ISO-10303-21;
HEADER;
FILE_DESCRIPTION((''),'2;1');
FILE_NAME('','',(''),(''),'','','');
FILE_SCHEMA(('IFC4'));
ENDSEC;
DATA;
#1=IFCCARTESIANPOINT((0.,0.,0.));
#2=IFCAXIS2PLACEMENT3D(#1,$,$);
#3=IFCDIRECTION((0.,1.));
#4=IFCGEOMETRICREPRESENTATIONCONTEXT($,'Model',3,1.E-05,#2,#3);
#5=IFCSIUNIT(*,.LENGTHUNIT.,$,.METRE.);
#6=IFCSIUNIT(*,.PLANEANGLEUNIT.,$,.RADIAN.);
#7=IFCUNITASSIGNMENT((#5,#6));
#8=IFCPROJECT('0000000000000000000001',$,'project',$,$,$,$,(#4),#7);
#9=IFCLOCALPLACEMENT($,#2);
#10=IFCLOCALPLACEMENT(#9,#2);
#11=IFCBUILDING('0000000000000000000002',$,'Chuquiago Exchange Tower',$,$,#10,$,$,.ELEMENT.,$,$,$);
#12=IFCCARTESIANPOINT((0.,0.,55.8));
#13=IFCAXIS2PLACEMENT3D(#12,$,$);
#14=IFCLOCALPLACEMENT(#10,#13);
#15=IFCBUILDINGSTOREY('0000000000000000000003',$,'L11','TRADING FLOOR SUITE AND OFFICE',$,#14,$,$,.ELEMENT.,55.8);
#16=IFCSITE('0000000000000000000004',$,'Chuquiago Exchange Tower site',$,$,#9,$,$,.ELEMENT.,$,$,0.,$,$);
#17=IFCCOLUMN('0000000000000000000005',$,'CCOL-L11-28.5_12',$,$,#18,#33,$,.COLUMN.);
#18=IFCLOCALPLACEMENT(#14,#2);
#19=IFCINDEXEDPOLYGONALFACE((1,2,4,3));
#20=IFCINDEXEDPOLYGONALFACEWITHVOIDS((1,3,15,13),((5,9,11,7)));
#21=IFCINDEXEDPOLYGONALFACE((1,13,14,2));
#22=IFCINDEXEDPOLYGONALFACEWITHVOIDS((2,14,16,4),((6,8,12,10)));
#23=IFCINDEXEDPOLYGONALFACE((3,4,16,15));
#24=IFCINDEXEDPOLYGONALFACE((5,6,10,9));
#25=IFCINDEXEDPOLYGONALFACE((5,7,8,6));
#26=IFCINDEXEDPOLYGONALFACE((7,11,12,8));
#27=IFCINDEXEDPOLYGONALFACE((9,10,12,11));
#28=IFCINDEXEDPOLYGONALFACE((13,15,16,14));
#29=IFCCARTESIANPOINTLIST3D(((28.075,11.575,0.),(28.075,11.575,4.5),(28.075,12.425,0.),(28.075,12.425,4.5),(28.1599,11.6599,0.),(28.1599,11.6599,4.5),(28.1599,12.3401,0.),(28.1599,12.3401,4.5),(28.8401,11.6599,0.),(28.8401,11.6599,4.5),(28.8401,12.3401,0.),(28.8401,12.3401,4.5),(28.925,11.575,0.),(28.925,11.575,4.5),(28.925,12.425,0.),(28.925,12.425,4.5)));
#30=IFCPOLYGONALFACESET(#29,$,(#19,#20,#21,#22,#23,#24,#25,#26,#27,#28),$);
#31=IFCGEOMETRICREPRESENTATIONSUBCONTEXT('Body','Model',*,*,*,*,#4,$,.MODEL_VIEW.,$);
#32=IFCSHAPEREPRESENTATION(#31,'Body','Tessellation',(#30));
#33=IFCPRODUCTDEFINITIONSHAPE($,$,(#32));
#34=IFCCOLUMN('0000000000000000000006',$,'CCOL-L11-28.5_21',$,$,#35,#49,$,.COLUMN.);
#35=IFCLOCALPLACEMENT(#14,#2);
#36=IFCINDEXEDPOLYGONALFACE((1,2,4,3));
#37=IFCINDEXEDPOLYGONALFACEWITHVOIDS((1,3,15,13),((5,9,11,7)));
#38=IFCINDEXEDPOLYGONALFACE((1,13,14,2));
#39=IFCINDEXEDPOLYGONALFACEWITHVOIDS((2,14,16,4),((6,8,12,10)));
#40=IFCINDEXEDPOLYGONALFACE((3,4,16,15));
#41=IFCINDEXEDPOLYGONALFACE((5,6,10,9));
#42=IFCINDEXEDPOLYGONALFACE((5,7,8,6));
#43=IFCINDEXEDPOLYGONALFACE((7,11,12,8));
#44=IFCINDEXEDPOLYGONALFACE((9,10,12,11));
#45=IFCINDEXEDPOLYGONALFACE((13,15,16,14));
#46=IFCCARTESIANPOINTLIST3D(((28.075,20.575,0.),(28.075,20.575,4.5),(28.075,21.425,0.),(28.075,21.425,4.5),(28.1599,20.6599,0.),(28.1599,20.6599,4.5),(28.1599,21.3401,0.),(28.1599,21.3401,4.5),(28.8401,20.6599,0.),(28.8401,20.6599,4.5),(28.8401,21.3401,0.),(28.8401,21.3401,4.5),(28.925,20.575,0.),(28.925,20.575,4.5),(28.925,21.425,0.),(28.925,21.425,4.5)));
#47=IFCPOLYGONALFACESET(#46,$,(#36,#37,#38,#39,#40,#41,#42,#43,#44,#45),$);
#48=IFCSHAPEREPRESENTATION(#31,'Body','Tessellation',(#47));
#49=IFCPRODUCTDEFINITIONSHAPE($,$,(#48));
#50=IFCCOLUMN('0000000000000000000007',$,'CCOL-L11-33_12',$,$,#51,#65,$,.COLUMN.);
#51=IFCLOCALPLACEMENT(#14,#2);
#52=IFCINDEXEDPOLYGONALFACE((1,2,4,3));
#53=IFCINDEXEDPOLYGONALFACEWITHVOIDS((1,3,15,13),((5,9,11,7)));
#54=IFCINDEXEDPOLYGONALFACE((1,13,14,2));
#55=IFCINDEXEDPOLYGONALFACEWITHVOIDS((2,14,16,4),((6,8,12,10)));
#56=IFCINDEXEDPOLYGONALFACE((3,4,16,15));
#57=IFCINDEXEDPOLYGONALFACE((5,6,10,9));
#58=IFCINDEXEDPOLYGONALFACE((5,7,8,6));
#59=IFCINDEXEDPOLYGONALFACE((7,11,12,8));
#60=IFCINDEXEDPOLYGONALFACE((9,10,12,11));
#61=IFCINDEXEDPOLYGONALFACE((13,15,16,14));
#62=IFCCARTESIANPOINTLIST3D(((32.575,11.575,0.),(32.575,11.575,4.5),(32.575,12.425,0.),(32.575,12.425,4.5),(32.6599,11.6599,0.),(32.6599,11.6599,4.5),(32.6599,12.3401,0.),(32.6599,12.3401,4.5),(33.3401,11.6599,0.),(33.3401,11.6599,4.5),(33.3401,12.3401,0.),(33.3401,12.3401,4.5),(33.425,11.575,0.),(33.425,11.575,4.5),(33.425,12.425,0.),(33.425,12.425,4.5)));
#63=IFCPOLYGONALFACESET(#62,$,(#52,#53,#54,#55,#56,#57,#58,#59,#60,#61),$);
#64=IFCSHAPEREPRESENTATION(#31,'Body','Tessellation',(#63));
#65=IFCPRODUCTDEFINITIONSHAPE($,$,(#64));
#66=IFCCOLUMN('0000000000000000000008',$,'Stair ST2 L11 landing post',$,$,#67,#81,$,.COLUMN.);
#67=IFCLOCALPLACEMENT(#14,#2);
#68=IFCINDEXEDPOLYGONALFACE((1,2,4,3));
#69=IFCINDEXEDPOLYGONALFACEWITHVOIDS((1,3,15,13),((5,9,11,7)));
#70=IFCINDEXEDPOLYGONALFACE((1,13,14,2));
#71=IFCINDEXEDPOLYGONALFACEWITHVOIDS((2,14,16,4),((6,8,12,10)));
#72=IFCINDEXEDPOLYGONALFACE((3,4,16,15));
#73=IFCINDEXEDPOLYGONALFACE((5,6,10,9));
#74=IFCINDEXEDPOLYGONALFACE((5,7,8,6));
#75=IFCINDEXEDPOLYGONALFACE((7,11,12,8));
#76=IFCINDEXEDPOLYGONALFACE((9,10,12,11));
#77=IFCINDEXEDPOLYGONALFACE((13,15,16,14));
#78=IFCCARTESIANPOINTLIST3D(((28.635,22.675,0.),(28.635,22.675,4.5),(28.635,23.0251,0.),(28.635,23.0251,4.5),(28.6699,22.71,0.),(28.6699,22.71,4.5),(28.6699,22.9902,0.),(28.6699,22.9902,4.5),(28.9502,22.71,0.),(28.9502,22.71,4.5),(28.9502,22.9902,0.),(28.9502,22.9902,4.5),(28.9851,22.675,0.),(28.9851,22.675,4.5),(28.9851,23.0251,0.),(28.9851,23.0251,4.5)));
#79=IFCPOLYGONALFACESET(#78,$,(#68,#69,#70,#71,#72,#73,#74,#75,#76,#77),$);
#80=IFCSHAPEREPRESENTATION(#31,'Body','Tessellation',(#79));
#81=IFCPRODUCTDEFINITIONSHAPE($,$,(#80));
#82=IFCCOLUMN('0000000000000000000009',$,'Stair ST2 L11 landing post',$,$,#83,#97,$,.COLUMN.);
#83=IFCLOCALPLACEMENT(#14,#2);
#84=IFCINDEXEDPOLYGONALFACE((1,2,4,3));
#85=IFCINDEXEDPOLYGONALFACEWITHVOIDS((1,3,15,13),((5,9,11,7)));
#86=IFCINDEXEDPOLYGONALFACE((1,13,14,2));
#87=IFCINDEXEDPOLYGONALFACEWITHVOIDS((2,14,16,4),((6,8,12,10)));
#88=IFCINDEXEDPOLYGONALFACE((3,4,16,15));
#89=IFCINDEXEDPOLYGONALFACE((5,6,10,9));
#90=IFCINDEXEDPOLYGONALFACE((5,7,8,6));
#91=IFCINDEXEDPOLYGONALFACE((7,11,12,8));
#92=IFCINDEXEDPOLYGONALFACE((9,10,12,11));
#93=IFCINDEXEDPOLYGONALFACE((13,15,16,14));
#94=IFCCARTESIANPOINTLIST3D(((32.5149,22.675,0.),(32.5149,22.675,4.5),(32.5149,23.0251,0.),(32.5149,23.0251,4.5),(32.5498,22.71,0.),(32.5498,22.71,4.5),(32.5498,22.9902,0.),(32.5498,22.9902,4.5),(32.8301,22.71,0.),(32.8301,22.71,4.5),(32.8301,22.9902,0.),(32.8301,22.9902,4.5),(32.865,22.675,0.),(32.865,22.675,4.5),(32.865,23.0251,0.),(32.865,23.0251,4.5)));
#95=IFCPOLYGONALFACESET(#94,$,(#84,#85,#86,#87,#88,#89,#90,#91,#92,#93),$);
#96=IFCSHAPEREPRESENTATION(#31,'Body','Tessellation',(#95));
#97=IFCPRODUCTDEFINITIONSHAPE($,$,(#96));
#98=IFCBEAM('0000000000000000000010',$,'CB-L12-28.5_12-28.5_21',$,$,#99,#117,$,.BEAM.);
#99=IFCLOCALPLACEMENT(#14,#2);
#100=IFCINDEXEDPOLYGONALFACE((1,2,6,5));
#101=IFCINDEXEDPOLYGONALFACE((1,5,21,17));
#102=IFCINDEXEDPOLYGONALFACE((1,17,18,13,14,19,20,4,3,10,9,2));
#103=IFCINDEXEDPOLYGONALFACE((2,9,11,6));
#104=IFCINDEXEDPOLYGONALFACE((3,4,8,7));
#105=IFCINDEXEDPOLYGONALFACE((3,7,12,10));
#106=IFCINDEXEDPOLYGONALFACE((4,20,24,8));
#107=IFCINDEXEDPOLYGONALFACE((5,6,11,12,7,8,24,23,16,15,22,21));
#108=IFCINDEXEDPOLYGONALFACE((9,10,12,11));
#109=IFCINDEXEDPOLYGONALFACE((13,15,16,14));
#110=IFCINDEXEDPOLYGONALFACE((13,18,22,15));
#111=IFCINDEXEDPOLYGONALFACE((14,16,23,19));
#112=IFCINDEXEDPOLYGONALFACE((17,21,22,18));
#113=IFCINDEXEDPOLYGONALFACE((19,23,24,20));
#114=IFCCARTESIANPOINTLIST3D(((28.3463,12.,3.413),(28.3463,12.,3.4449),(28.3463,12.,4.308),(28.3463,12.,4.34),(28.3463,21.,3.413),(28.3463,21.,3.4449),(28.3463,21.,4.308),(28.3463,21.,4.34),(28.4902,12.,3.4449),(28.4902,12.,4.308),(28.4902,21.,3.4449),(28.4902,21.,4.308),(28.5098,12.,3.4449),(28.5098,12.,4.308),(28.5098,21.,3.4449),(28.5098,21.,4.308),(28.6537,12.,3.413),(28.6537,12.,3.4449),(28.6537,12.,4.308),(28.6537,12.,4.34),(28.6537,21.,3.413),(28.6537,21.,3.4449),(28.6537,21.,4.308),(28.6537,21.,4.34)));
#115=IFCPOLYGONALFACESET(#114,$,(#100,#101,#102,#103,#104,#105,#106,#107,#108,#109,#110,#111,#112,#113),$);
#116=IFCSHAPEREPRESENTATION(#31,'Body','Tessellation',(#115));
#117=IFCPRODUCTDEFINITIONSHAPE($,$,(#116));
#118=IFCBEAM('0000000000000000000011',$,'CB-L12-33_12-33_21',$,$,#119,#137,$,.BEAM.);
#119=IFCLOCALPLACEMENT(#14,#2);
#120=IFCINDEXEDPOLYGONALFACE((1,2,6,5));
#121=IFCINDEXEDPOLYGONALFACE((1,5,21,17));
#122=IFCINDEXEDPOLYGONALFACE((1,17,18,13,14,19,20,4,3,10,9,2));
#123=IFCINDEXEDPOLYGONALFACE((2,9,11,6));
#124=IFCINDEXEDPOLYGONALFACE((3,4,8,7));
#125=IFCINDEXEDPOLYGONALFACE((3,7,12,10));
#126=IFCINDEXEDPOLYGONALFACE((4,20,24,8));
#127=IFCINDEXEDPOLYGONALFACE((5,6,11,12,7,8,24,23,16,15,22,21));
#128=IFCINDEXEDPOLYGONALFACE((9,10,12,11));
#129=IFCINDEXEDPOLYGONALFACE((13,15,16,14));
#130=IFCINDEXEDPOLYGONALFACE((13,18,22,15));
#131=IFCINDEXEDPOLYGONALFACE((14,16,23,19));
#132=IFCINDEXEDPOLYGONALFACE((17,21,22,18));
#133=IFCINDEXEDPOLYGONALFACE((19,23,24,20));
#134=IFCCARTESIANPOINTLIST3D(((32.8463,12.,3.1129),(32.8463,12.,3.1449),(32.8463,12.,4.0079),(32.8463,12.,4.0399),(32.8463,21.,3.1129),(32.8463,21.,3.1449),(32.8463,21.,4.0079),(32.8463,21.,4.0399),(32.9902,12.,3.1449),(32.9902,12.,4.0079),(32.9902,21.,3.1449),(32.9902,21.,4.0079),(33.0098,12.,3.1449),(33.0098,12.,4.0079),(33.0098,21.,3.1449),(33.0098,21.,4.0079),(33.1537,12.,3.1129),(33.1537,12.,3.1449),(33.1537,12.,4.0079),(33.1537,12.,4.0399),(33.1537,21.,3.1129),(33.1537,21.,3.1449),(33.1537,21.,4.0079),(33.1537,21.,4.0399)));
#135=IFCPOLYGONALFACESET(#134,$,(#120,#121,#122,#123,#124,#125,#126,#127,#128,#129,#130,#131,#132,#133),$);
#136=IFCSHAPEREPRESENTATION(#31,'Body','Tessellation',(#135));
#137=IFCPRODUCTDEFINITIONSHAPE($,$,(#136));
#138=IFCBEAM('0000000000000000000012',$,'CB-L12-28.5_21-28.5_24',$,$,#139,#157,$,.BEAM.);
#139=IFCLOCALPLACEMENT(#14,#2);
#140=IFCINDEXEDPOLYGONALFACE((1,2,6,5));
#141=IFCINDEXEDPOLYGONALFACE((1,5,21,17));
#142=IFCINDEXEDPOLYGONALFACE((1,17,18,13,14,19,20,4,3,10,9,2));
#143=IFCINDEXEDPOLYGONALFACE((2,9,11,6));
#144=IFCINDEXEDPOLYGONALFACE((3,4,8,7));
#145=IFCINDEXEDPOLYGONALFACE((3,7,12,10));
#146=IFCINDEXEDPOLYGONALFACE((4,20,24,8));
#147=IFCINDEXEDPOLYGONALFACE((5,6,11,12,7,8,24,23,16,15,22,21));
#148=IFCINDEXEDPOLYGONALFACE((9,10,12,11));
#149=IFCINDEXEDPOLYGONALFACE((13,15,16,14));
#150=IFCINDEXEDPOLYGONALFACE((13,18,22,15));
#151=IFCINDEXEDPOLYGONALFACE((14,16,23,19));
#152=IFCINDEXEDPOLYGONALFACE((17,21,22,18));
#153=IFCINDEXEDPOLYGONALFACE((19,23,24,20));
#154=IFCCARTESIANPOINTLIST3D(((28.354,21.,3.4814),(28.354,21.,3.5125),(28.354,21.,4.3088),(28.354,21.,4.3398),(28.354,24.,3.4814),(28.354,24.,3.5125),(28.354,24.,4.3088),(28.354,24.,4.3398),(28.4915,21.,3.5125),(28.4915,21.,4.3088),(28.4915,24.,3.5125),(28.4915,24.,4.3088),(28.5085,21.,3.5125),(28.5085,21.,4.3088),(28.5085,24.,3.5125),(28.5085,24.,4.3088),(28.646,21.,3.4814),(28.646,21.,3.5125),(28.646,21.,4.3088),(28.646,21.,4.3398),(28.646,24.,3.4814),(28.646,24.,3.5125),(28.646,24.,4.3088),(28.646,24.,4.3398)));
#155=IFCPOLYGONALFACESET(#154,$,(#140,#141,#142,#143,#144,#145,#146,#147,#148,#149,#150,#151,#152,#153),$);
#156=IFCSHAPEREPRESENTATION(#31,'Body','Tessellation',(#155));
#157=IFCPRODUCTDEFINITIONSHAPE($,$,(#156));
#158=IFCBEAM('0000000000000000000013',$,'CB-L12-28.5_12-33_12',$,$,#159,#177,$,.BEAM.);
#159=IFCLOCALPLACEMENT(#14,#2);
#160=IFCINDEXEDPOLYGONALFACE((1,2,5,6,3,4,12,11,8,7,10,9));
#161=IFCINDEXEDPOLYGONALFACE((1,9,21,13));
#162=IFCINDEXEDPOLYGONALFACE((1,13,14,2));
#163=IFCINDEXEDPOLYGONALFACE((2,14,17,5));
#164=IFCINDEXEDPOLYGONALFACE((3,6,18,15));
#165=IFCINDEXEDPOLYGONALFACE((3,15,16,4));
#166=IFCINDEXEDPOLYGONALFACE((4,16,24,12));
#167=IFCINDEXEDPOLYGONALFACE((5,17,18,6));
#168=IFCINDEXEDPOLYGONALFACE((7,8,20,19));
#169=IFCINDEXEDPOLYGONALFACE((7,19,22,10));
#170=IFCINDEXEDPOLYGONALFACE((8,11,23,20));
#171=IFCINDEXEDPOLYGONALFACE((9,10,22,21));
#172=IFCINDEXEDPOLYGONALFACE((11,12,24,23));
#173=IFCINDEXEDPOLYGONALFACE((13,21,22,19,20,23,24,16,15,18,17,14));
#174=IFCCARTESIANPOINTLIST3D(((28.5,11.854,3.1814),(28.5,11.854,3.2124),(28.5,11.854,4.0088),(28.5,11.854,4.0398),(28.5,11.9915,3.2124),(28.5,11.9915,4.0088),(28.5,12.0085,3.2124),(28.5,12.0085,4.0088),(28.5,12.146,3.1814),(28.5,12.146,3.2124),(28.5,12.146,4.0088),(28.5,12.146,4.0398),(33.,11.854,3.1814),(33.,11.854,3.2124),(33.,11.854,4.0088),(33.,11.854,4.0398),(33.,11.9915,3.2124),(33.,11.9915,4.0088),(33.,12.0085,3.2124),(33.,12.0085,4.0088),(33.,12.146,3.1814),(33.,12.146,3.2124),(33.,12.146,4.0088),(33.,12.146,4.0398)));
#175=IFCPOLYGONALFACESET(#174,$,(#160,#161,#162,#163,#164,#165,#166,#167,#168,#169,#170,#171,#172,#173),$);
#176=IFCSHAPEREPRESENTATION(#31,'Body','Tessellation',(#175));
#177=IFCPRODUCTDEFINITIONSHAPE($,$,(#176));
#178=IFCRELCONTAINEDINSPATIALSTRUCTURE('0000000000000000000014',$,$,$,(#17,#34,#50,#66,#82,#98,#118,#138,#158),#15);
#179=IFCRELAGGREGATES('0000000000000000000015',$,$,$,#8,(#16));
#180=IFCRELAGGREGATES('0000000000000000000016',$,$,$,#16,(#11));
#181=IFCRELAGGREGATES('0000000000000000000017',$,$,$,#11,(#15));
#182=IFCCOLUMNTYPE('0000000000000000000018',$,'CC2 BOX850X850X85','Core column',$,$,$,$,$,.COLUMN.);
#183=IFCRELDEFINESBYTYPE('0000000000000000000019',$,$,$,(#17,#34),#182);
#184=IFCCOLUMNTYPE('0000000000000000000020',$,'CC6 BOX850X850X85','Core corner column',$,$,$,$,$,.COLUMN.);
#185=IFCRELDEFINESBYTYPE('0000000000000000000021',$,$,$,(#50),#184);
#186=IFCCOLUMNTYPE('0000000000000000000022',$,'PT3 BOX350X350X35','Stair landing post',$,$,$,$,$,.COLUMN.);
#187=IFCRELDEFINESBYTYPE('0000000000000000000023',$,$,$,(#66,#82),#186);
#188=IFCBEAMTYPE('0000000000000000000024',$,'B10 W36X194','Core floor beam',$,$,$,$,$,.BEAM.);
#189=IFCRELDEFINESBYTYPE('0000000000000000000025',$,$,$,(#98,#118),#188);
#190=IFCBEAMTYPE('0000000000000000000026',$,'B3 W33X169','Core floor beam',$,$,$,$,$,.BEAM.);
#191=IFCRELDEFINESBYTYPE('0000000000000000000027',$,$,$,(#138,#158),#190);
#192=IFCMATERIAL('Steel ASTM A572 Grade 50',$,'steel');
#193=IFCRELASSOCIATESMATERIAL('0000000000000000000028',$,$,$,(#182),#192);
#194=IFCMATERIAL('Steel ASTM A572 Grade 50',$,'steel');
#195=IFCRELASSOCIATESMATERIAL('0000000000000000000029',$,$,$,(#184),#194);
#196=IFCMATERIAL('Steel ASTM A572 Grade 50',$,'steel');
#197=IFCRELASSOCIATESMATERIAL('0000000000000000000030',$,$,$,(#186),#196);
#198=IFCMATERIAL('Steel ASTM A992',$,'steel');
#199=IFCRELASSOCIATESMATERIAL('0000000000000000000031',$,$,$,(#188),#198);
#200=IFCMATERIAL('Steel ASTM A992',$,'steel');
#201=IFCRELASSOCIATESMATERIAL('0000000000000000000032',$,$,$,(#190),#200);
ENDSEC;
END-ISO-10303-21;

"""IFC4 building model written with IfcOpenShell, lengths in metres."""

from ifc_helpers import new_model, si_unit, direction, frame, origin, origin_2d, place, context, subcontext, project, spatial, hollow_rectangle, i_section, extrude, material, material_profile, profile_set, type_object, element, save


model = new_model("IFC4")

# Units and contexts
model_context = context("Model", 3, precision=1e-05, world=origin(), true_north=direction((0.0, 1.0)))
body_context = subcontext(model_context, "Body", "Model", "MODEL_VIEW")
ifc_project = project(units=[si_unit("LENGTHUNIT", "METRE"), si_unit("PLANEANGLEUNIT", "RADIAN")], contexts=[model_context])

# Site, building, storey
site_placement = place(None, origin())
site = spatial("IfcSite", under=ifc_project, at=site_placement, Name="Chuquiago Exchange Tower site", CompositionType="ELEMENT", RefElevation=0.0)
building_placement = place(site_placement, origin())
building = spatial("IfcBuilding", under=site, at=building_placement, Name="Chuquiago Exchange Tower", CompositionType="ELEMENT")
storey_placement = place(building_placement, frame((0.0, 0.0, 55.8)))
storey = spatial("IfcBuildingStorey", under=building, at=storey_placement, Name="L11", Description="TRADING FLOOR SUITE AND OFFICE", CompositionType="ELEMENT", Elevation=55.8)

# Columns
ifc_material_1 = material(Name="Steel ASTM A572 Grade 50", Category="steel")
ifc_material_profile_1 = material_profile(ifc_material_1, hollow_rectangle(XDim=0.8501, YDim=0.8501, WallThickness=0.085, at=origin_2d()), Name="BOX850X850X85")
ifc_profile_set_1 = profile_set([ifc_material_profile_1], Name="Steel ASTM A572 Grade 50")
column_type_1 = type_object("IfcColumnType", Name="CC2 BOX850X850X85", Description="Core column", PredefinedType="COLUMN", material=ifc_profile_set_1)
for number, where, z_axis, x_axis, name in (
    (1, (28.5, 12.0, 0.0), (0.0, 0.0, 1.0), (1.0, 0.0, 0.0), "CCOL-L11-28.5_12"),
    (2, (28.5, 21.0, 0.0), (0.0, 0.0, 1.0), (1.0, 0.0, 0.0), "CCOL-L11-28.5_21"),
):
    element("IfcColumn", number, at=place(storey_placement, frame(where, z_axis=z_axis, x_axis=x_axis)), inside=storey, type_object=column_type_1, Name=name, PredefinedType="COLUMN", context=body_context, shape_type="SweptSolid", body=[
        extrude(hollow_rectangle(XDim=0.8501, YDim=0.8501, WallThickness=0.085, at=origin_2d()), origin(), (0.0, 0.0, 1.0), 4.5),
    ])
ifc_material_2 = material(Name="Steel ASTM A572 Grade 50", Category="steel")
ifc_material_profile_2 = material_profile(ifc_material_2, hollow_rectangle(XDim=0.8501, YDim=0.8501, WallThickness=0.085, at=origin_2d()), Name="BOX850X850X85")
ifc_profile_set_2 = profile_set([ifc_material_profile_2], Name="Steel ASTM A572 Grade 50")
column_type_2 = type_object("IfcColumnType", Name="CC6 BOX850X850X85", Description="Core corner column", PredefinedType="COLUMN", material=ifc_profile_set_2)
column_placement = place(storey_placement, frame((33.0, 12.0, 0.0), z_axis=(0.0, 0.0, 1.0), x_axis=(1.0, 0.0, 0.0)))
element("IfcColumn", 3, at=column_placement, inside=storey, type_object=column_type_2, Name="CCOL-L11-33_12", PredefinedType="COLUMN", context=body_context, shape_type="SweptSolid", body=[
    extrude(hollow_rectangle(XDim=0.8501, YDim=0.8501, WallThickness=0.085, at=origin_2d()), origin(), (0.0, 0.0, 1.0), 4.5),
])
ifc_material_3 = material(Name="Steel ASTM A572 Grade 50", Category="steel")
ifc_material_profile_3 = material_profile(ifc_material_3, hollow_rectangle(XDim=0.3501, YDim=0.3501, WallThickness=0.0349, at=origin_2d()), Name="BOX350X350X35")
ifc_profile_set_3 = profile_set([ifc_material_profile_3], Name="Steel ASTM A572 Grade 50")
column_type_3 = type_object("IfcColumnType", Name="PT3 BOX350X350X35", Description="Stair landing post", PredefinedType="COLUMN", material=ifc_profile_set_3)
for number, where, z_axis, x_axis, name in (
    (4, (28.8101, 22.8501, 0.0), (0.0, 0.0, 1.0), (1.0, 0.0, 0.0), "Stair ST2 L11 landing post"),
    (5, (32.6899, 22.8501, 0.0), (0.0, 0.0, 1.0), (1.0, 0.0, 0.0), "Stair ST2 L11 landing post"),
):
    element("IfcColumn", number, at=place(storey_placement, frame(where, z_axis=z_axis, x_axis=x_axis)), inside=storey, type_object=column_type_3, Name=name, PredefinedType="COLUMN", context=body_context, shape_type="SweptSolid", body=[
        extrude(hollow_rectangle(XDim=0.3501, YDim=0.3501, WallThickness=0.0349, at=origin_2d()), origin(), (0.0, 0.0, 1.0), 4.5),
    ])

# Beams
ifc_material_4 = material(Name="Steel ASTM A992", Category="steel")
ifc_material_profile_4 = material_profile(ifc_material_4, i_section(OverallWidth=0.3074, OverallDepth=0.927, WebThickness=0.0195, FlangeThickness=0.032, at=origin_2d()), Name="W36X194")
ifc_profile_set_4 = profile_set([ifc_material_profile_4], Name="Steel ASTM A992")
beam_type_1 = type_object("IfcBeamType", Name="B10 W36X194", Description="Core floor beam", PredefinedType="BEAM", material=ifc_profile_set_4)
for number, where, z_axis, x_axis, name in (
    (6, (28.5, 12.0, 3.8765), (0.0, 1.0, 0.0), (-1.0, 0.0, 0.0), "CB-L12-28.5_12-28.5_21"),
    (7, (33.0, 12.0, 3.5764), (0.0, 1.0, 0.0), (-1.0, 0.0, 0.0), "CB-L12-33_12-33_21"),
):
    element("IfcBeam", number, at=place(storey_placement, frame(where, z_axis=z_axis, x_axis=x_axis)), inside=storey, type_object=beam_type_1, Name=name, PredefinedType="BEAM", context=body_context, shape_type="SweptSolid", body=[
        extrude(i_section(OverallWidth=0.3074, OverallDepth=0.927, WebThickness=0.0195, FlangeThickness=0.032, at=origin_2d()), origin(), (0.0, 0.0, 1.0), 9.0),
    ])
ifc_material_5 = material(Name="Steel ASTM A992", Category="steel")
ifc_material_profile_5 = material_profile(ifc_material_5, i_section(OverallWidth=0.292, OverallDepth=0.8584, WebThickness=0.0171, FlangeThickness=0.031, at=origin_2d()), Name="W33X169")
ifc_profile_set_5 = profile_set([ifc_material_profile_5], Name="Steel ASTM A992")
beam_type_2 = type_object("IfcBeamType", Name="B3 W33X169", Description="Core floor beam", PredefinedType="BEAM", material=ifc_profile_set_5)
beam_placement = place(storey_placement, frame((28.5, 21.0, 3.9106), z_axis=(0.0, 1.0, 0.0), x_axis=(-1.0, 0.0, 0.0)))
element("IfcBeam", 8, at=beam_placement, inside=storey, type_object=beam_type_2, Name="CB-L12-28.5_21-28.5_24", PredefinedType="BEAM", context=body_context, shape_type="SweptSolid", body=[
    extrude(i_section(OverallWidth=0.292, OverallDepth=0.8584, WebThickness=0.0171, FlangeThickness=0.031, at=origin_2d()), origin(), (0.0, 0.0, 1.0), 3.0),
])
for number, where, z_axis, x_axis, name in (
    (9, (28.5, 12.0, 3.6106), (1.0, 0.0, 0.0), (0.0, 1.0, 0.0), "CB-L12-28.5_12-33_12"),
):
    element("IfcBeam", number, at=place(storey_placement, frame(where, z_axis=z_axis, x_axis=x_axis)), inside=storey, type_object=beam_type_2, Name=name, PredefinedType="BEAM", context=body_context, shape_type="SweptSolid", body=[
        extrude(i_section(OverallWidth=0.292, OverallDepth=0.8584, WebThickness=0.0171, FlangeThickness=0.031, at=origin_2d()), origin(), (0.0, 0.0, 1.0), 4.5),
    ])

save(model, "model.ifc")
